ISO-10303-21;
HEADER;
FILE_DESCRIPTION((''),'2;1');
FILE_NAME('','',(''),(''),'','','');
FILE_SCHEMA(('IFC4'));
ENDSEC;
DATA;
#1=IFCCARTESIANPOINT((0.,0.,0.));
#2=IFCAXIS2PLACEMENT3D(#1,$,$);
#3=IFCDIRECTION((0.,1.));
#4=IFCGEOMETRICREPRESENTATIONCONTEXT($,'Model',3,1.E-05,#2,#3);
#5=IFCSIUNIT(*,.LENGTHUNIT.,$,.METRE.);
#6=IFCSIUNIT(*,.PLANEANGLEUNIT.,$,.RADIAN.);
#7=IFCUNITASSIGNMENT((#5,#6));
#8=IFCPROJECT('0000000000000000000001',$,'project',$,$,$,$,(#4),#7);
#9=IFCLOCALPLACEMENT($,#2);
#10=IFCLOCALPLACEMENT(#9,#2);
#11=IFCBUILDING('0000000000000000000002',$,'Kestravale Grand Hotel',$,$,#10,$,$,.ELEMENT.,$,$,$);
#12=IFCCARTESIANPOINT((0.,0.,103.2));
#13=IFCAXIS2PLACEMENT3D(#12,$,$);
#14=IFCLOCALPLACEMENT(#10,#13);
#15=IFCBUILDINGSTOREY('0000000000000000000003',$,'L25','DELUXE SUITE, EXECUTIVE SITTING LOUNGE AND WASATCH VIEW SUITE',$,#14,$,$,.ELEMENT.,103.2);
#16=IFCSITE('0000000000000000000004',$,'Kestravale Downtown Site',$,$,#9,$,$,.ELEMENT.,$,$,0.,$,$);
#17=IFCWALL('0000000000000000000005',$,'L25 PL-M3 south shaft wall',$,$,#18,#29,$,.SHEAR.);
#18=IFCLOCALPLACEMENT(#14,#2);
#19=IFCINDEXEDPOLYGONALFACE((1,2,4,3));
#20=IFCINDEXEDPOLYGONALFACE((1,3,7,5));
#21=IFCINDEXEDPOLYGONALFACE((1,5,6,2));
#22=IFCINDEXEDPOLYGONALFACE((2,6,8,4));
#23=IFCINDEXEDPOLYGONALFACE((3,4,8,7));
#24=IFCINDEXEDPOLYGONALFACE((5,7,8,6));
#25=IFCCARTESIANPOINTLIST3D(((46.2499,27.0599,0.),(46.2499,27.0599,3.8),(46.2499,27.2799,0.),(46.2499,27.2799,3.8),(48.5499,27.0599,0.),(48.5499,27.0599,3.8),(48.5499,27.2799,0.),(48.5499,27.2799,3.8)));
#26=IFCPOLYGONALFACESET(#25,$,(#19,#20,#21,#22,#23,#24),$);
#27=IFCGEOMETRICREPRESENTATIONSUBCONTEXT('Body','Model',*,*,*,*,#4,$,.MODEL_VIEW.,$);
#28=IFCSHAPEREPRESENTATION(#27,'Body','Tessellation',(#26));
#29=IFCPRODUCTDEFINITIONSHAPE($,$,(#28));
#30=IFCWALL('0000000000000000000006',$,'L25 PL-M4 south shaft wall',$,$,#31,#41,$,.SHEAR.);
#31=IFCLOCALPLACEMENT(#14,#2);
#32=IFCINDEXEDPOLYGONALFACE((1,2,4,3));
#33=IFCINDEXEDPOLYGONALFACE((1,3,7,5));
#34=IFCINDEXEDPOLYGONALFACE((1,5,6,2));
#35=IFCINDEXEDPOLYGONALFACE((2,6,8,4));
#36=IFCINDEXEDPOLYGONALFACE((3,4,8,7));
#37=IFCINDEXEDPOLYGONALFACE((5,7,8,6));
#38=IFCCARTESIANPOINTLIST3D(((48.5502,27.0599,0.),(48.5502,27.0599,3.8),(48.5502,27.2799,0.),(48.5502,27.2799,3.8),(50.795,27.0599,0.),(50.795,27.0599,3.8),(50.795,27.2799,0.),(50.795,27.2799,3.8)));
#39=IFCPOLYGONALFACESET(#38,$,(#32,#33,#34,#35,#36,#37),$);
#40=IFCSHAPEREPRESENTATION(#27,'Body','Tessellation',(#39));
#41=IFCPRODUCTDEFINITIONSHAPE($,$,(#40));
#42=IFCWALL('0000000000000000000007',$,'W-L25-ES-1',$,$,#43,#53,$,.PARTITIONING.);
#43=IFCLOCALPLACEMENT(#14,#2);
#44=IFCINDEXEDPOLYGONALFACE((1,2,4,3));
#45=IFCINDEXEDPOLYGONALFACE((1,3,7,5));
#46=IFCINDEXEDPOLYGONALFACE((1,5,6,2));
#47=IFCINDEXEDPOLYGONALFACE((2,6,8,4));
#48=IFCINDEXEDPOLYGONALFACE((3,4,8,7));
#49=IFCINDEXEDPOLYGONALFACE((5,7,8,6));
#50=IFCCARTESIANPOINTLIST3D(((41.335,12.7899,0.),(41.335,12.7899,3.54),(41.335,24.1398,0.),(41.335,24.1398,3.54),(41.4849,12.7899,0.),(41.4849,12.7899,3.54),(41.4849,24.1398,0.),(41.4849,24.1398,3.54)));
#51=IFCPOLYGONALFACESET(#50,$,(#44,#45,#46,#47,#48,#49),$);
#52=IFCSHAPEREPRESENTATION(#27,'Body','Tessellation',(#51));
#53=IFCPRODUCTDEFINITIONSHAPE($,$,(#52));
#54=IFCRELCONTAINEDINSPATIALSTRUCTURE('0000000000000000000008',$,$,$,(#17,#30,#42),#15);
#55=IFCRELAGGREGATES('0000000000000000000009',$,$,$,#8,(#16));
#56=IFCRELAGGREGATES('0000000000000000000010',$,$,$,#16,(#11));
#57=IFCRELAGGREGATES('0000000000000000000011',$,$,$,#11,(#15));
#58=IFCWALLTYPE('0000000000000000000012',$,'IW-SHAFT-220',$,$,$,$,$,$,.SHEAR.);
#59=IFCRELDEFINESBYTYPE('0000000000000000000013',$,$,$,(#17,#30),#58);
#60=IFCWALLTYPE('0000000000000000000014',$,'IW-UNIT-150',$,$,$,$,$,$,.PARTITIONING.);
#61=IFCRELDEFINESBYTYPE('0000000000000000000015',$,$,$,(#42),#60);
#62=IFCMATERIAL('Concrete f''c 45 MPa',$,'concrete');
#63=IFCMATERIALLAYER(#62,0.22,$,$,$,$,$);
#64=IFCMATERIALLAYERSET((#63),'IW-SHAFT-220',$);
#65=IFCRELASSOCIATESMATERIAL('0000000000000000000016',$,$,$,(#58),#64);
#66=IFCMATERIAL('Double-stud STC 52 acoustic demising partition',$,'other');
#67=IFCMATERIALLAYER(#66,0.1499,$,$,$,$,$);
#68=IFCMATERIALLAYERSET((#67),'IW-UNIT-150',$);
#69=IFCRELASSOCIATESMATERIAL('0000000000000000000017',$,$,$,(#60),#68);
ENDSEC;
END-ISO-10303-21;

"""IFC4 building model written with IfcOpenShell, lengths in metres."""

from ifc_helpers import new_model, si_unit, direction, frame, frame_2d, origin, place, context, subcontext, project, spatial, rectangle, extrude, material, layer, layer_set, type_object, element, save


model = new_model("IFC4")

# Units and contexts
model_context = context("Model", 3, precision=1e-05, world=origin(), true_north=direction((0.0, 1.0)))
body_context = subcontext(model_context, "Body", "Model", "MODEL_VIEW")
ifc_project = project(units=[si_unit("LENGTHUNIT", "METRE"), si_unit("PLANEANGLEUNIT", "RADIAN")], contexts=[model_context])

# Site, building, storey
site_placement = place(None, origin())
site = spatial("IfcSite", under=ifc_project, at=site_placement, Name="Kestravale Downtown Site", CompositionType="ELEMENT", RefElevation=0.0)
building_placement = place(site_placement, origin())
building = spatial("IfcBuilding", under=site, at=building_placement, Name="Kestravale Grand Hotel", CompositionType="ELEMENT")
storey_placement = place(building_placement, frame((0.0, 0.0, 103.2)))
storey = spatial("IfcBuildingStorey", under=building, at=storey_placement, Name="L25", Description="DELUXE SUITE, EXECUTIVE SITTING LOUNGE AND WASATCH VIEW SUITE", CompositionType="ELEMENT", Elevation=103.2)

# Walls
ifc_material_1 = material(Name="Concrete f'c 45 MPa", Category="concrete")
ifc_layer_1 = layer(ifc_material_1, 0.22)
ifc_layer_set_1 = layer_set([ifc_layer_1], Name="IW-SHAFT-220")
wall_type_1 = type_object("IfcWallType", Name="IW-SHAFT-220", PredefinedType="SHEAR", material=ifc_layer_set_1)
for number, where, z_axis, x_axis, name in (
    (1, (46.25, 27.1699, 0.0), (0.0, 0.0, 1.0), (1.0, 0.0, 0.0), "L25 PL-M3 south shaft wall"),
):
    element("IfcWall", number, at=place(storey_placement, frame(where, z_axis=z_axis, x_axis=x_axis)), inside=storey, type_object=wall_type_1, Name=name, PredefinedType="SHEAR", context=body_context, shape_type="SweptSolid", body=[
        extrude(rectangle(XDim=2.3, YDim=0.22, at=frame_2d((1.1499, 0.0))), origin(), (0.0, 0.0, 1.0), 3.8),
    ])
wall_1_placement = place(storey_placement, frame((48.55, 27.1699, 0.0), z_axis=(0.0, 0.0, 1.0), x_axis=(1.0, 0.0, 0.0)))
element("IfcWall", 2, at=wall_1_placement, inside=storey, type_object=wall_type_1, Name="L25 PL-M4 south shaft wall", PredefinedType="SHEAR", context=body_context, shape_type="SweptSolid", body=[
    extrude(rectangle(XDim=2.2449, YDim=0.22, at=frame_2d((1.1226, 0.0))), origin(), (0.0, 0.0, 1.0), 3.8),
])
ifc_material_2 = material(Name="Double-stud STC 52 acoustic demising partition", Category="other")
ifc_layer_2 = layer(ifc_material_2, 0.1499)
ifc_layer_set_2 = layer_set([ifc_layer_2], Name="IW-UNIT-150")
wall_type_2 = type_object("IfcWallType", Name="IW-UNIT-150", PredefinedType="PARTITIONING", material=ifc_layer_set_2)
wall_2_placement = place(storey_placement, frame((41.4099, 12.79, 0.0), z_axis=(0.0, 0.0, 1.0), x_axis=(0.0, 1.0, 0.0)))
element("IfcWall", 3, at=wall_2_placement, inside=storey, type_object=wall_type_2, Name="W-L25-ES-1", PredefinedType="PARTITIONING", context=body_context, shape_type="SweptSolid", body=[
    extrude(rectangle(XDim=11.3499, YDim=0.1499, at=frame_2d((5.6748, 0.0))), origin(), (0.0, 0.0, 1.0), 3.54),
])

save(model, "model.ifc")
